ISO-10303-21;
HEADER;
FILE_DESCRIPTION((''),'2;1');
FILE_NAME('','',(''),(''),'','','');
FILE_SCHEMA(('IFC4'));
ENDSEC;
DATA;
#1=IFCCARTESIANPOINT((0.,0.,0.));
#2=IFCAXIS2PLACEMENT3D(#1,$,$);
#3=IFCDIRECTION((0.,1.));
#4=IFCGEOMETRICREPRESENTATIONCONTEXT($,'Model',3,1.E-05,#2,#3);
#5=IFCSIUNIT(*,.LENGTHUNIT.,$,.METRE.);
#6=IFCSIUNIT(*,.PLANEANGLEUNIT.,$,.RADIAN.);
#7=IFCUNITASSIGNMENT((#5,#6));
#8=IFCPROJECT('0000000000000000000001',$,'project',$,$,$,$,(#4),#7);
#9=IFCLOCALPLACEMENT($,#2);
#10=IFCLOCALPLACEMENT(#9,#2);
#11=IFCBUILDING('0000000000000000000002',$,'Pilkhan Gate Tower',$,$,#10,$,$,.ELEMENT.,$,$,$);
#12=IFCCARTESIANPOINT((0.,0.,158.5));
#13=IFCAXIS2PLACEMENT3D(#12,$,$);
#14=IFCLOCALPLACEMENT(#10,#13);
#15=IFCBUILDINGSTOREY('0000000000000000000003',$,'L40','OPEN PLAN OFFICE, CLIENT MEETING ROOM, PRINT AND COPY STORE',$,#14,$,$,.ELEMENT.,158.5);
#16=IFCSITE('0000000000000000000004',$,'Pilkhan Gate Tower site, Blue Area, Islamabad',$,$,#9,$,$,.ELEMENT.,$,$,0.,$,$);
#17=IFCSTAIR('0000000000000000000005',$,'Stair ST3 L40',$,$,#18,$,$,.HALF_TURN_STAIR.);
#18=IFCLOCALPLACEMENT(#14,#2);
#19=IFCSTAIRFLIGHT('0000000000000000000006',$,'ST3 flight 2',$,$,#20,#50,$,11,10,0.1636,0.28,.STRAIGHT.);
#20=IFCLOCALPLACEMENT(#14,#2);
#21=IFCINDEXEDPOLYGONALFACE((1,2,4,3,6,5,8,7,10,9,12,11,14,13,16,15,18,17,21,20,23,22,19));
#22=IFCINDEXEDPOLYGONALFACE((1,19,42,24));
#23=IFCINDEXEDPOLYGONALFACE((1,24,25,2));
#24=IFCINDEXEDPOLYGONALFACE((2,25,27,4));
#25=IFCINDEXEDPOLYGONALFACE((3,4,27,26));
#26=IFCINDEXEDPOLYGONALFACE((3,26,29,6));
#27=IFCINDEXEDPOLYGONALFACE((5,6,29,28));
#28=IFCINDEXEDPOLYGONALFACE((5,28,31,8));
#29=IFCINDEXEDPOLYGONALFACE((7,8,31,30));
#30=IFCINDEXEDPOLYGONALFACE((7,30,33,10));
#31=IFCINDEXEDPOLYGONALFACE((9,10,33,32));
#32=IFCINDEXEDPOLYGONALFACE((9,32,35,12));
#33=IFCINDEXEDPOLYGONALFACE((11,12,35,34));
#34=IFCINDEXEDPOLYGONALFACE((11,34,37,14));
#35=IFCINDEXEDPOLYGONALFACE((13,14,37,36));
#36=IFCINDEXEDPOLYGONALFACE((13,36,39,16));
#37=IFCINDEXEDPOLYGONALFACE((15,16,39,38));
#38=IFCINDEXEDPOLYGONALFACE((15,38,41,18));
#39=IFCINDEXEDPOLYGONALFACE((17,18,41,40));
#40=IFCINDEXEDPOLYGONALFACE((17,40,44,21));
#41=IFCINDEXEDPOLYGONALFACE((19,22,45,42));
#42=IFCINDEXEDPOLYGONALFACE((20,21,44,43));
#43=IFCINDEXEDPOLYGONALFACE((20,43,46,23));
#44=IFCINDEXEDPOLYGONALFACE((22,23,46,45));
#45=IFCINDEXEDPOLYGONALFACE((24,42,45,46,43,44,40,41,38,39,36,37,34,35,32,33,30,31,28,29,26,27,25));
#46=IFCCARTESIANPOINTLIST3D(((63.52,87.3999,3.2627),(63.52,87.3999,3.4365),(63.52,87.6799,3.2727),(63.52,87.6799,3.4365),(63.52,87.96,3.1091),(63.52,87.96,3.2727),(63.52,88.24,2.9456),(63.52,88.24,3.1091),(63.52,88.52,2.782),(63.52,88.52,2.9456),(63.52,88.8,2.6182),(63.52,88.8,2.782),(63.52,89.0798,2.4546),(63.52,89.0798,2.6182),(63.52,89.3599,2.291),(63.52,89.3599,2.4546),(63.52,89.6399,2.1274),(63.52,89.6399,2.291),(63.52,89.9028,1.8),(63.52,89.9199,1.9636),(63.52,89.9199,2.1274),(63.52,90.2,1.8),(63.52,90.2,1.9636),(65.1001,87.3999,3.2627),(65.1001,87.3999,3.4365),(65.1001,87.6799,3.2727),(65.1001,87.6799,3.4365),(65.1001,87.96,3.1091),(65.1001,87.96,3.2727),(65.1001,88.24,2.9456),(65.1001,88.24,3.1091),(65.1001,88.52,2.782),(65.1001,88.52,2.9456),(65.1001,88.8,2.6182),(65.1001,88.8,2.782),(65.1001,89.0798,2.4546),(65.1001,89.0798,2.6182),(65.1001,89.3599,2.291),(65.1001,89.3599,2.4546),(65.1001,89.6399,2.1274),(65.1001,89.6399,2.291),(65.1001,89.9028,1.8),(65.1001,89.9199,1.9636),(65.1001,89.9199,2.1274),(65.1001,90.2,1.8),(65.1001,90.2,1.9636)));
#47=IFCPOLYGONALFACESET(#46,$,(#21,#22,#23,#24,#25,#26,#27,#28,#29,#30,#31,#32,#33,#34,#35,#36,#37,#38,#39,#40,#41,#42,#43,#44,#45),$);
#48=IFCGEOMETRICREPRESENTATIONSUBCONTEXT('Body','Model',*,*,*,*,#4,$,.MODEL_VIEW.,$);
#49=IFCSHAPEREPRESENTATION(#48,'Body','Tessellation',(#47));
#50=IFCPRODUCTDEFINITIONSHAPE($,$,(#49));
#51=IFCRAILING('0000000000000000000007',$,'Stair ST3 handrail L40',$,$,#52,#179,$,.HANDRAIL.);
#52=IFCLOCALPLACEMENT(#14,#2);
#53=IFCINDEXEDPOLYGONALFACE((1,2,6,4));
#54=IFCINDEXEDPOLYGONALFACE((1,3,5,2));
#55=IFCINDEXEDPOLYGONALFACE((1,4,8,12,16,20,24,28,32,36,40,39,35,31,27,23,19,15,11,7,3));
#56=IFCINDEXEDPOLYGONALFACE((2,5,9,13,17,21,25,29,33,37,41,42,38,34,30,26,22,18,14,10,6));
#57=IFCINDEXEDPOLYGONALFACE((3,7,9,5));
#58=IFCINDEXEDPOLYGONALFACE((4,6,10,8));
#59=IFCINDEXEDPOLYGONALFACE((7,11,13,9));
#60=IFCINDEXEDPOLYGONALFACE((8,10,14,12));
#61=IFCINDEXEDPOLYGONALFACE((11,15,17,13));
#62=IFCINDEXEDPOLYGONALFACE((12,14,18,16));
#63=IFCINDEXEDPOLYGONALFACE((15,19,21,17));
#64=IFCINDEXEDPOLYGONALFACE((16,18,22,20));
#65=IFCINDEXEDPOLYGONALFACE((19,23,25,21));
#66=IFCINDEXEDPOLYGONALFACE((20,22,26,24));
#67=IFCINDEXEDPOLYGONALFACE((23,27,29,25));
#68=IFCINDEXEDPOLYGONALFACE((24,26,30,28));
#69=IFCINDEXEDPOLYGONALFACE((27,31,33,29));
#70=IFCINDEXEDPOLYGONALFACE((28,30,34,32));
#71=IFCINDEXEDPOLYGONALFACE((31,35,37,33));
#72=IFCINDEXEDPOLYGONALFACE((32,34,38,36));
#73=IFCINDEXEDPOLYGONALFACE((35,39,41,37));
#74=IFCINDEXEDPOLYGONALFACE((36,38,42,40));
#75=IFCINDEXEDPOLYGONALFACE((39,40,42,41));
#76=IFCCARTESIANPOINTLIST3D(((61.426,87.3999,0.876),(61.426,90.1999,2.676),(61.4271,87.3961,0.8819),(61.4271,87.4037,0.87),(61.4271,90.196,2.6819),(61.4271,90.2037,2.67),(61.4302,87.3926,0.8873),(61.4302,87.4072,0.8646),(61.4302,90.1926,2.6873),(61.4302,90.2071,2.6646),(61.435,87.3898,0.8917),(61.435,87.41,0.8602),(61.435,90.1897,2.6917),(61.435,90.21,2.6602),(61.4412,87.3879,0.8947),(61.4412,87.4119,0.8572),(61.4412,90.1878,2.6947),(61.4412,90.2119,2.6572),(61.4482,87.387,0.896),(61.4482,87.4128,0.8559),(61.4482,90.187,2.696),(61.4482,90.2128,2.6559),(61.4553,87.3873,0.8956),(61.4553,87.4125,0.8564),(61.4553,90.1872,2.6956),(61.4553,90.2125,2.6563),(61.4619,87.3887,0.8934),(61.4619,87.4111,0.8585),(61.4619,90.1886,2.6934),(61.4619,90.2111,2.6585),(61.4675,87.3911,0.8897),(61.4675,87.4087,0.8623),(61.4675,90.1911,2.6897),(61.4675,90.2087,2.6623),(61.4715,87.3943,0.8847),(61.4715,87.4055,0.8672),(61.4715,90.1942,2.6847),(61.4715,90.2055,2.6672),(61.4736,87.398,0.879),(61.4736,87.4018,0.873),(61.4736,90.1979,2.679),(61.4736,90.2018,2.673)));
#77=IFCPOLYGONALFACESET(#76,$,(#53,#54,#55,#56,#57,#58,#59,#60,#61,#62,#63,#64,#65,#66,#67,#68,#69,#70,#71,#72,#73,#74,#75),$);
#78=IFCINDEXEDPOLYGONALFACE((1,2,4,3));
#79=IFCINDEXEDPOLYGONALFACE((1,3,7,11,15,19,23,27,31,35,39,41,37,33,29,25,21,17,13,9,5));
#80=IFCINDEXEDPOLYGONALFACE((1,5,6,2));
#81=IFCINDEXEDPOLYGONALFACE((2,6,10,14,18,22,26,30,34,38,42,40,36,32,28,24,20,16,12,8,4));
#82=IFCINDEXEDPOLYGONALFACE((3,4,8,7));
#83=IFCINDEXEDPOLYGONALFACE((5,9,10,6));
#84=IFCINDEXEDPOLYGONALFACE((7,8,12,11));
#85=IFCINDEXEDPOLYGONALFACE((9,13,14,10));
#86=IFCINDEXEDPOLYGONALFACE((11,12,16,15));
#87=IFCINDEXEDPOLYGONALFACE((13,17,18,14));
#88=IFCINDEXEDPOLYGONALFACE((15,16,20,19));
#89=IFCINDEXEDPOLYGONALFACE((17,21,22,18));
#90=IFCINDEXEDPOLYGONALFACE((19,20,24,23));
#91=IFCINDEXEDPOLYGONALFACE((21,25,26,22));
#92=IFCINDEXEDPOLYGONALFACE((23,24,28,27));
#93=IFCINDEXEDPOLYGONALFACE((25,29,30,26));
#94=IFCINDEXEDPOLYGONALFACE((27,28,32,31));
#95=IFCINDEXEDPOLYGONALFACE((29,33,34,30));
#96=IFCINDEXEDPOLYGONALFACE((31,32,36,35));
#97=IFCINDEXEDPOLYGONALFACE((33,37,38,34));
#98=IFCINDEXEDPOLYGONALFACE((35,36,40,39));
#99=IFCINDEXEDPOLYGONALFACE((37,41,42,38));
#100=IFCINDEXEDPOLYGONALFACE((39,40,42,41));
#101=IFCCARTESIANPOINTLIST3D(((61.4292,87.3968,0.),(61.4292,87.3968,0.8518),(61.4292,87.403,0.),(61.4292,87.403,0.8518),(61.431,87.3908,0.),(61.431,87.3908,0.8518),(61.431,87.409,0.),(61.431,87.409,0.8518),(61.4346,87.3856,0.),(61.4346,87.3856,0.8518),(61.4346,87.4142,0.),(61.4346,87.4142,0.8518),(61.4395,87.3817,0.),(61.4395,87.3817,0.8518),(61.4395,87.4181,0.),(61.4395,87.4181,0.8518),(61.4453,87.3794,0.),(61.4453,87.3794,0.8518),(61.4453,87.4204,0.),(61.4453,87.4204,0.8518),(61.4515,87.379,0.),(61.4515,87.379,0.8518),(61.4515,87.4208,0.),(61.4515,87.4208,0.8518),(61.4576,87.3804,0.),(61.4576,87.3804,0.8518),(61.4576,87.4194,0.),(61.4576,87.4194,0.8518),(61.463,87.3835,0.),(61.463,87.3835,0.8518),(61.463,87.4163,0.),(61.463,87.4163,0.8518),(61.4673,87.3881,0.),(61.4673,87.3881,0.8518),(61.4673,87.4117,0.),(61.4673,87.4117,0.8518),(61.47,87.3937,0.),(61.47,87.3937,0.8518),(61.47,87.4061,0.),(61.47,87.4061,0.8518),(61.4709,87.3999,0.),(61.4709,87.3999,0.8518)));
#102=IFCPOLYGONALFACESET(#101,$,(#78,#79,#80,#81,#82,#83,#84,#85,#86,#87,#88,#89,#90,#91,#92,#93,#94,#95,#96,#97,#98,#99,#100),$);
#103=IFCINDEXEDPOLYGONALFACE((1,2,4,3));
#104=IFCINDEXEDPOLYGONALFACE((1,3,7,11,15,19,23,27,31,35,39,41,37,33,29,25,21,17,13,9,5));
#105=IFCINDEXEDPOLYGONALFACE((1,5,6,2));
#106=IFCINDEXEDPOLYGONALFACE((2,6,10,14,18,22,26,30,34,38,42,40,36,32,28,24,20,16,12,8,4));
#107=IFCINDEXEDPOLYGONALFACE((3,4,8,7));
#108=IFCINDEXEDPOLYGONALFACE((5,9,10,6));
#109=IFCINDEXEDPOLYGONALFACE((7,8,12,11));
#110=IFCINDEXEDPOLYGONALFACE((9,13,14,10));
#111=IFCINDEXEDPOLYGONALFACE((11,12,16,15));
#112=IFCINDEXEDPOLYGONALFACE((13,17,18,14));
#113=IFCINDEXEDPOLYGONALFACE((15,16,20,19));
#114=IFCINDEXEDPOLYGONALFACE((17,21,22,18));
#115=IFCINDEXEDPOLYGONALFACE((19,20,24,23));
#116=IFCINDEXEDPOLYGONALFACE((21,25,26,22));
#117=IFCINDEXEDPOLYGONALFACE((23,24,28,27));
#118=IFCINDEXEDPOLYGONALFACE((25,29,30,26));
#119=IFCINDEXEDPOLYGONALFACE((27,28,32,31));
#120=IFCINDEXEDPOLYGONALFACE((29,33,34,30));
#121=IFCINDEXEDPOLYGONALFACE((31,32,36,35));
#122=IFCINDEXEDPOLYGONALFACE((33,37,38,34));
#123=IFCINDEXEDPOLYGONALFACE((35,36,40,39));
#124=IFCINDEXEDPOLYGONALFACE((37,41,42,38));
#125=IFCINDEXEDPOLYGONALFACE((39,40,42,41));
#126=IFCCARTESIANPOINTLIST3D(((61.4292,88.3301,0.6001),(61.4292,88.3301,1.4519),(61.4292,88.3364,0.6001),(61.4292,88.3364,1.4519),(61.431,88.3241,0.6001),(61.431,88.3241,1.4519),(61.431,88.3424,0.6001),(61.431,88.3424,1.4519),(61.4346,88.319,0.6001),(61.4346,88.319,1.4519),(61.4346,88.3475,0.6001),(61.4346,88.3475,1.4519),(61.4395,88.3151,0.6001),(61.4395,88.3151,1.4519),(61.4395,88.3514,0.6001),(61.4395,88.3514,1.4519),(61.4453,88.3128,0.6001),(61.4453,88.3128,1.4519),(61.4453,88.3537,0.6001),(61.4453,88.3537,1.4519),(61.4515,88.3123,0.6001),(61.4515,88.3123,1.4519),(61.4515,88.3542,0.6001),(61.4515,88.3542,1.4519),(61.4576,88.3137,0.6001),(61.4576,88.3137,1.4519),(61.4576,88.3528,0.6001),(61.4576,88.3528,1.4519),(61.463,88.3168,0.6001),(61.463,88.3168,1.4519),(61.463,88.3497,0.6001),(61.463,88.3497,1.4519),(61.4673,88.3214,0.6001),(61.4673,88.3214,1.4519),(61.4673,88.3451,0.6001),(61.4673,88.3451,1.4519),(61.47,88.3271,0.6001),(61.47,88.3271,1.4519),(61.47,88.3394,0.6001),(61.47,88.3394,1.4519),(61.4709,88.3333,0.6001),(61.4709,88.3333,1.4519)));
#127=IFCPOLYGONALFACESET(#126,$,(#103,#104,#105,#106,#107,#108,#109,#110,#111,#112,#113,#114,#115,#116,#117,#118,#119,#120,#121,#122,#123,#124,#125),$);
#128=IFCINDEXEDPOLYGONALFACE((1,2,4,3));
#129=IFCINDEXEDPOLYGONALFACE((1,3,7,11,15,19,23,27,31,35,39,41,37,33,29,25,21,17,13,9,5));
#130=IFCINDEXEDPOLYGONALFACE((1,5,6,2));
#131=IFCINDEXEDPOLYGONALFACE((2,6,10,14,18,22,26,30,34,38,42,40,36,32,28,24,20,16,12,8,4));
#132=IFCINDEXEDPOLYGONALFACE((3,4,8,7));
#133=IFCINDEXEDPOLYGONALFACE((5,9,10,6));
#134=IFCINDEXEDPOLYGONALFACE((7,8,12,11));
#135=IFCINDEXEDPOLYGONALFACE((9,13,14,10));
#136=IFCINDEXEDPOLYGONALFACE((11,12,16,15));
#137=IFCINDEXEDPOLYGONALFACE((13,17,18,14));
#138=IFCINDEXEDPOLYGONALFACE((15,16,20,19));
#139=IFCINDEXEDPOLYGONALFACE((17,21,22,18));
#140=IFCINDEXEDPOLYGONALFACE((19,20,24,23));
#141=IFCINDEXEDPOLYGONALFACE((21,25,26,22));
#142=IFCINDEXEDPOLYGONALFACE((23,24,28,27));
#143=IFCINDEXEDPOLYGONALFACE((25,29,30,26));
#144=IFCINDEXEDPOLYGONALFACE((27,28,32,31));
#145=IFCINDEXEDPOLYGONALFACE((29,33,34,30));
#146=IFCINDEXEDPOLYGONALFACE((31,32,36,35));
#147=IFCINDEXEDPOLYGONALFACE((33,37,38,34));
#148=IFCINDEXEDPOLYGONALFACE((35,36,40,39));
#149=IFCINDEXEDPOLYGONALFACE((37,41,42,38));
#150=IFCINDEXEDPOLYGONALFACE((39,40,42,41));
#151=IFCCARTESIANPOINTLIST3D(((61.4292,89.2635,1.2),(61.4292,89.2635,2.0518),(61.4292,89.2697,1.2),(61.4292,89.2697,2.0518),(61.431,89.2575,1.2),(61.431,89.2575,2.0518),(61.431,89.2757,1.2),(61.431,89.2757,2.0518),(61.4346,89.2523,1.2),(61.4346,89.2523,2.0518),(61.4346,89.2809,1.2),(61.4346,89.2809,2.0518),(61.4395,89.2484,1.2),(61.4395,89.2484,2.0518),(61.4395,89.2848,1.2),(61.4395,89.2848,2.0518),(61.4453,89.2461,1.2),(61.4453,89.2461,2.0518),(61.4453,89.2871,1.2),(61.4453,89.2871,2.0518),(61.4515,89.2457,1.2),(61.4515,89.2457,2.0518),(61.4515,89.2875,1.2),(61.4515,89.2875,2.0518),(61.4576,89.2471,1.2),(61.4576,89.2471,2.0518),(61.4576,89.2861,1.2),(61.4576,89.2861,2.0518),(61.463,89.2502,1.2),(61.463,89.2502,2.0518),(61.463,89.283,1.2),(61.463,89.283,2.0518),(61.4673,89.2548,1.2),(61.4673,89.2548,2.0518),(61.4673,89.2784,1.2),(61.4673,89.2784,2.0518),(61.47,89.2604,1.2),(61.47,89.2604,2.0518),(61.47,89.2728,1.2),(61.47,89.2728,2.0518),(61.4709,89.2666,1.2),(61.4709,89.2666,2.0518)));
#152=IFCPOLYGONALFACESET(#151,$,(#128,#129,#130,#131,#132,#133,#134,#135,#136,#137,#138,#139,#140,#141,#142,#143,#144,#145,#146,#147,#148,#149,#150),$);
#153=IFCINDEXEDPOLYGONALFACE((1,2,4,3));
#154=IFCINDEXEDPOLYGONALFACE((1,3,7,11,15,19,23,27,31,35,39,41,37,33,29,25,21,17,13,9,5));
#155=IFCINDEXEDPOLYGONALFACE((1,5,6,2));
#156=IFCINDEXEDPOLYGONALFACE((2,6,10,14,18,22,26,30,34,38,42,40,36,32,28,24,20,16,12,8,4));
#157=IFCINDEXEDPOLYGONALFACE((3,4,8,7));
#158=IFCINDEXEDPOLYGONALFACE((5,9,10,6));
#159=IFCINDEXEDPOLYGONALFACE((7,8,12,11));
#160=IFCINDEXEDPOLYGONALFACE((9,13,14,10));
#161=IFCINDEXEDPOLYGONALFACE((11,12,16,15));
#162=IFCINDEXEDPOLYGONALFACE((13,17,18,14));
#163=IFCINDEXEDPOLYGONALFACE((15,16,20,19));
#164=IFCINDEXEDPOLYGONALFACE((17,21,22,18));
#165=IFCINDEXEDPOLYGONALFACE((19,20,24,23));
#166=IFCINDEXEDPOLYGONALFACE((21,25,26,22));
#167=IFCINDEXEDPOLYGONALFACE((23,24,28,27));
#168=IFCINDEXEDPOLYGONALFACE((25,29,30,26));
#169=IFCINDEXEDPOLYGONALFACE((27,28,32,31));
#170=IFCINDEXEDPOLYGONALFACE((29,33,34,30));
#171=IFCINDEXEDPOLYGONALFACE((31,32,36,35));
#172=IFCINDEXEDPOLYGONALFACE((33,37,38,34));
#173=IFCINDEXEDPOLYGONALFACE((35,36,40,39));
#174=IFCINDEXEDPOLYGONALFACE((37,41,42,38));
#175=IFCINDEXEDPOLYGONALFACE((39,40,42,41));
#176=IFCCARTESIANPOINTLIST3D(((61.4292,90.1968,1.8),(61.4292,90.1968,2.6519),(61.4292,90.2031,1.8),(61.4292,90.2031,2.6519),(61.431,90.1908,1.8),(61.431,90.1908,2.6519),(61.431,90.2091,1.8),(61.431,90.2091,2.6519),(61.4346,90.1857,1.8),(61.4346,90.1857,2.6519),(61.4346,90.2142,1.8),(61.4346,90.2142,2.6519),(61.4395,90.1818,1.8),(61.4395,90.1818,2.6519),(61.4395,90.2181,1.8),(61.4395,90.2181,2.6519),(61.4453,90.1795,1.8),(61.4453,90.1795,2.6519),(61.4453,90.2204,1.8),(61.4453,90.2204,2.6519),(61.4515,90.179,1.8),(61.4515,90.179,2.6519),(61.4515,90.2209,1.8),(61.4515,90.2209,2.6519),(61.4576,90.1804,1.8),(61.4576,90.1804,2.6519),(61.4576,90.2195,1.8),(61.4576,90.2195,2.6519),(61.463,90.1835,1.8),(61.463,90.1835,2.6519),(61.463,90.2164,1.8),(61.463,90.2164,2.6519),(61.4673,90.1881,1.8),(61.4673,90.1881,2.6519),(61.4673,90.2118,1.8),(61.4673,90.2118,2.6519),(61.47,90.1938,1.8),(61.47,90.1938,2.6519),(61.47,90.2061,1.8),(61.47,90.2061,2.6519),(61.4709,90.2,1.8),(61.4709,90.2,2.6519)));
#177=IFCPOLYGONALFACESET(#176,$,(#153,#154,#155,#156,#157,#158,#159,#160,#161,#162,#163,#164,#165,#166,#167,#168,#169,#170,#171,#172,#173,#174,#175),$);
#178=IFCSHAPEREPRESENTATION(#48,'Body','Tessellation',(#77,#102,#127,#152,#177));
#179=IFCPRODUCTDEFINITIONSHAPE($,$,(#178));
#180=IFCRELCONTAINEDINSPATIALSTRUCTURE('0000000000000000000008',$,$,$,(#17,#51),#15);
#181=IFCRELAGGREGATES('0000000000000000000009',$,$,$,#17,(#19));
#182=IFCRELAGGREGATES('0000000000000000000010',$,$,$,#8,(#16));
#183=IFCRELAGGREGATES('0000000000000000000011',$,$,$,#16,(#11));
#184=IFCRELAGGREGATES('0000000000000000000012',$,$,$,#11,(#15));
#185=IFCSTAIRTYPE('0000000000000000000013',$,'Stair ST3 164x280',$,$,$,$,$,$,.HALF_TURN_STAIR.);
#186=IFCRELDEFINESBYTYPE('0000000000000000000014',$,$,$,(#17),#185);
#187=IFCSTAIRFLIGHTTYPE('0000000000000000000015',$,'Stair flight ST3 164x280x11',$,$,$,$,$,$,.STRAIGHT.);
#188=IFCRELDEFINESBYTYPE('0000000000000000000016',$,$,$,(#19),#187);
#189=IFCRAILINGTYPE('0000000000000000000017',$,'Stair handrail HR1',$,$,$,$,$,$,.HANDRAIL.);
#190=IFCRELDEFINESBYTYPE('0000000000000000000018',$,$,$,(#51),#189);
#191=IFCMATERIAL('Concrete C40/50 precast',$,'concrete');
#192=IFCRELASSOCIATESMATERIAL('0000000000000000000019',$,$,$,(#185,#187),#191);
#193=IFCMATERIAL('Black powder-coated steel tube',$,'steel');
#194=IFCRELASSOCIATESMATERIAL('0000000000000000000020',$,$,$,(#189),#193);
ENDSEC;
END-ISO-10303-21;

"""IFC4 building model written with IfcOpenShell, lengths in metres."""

from ifc_helpers import new_model, si_unit, direction, frame, origin, origin_2d, place, context, subcontext, project, spatial, polyline, circle, outline, extrude, material, type_object, element, aggregate, save


model = new_model("IFC4")

# Units and contexts
model_context = context("Model", 3, precision=1e-05, world=origin(), true_north=direction((0.0, 1.0)))
body_context = subcontext(model_context, "Body", "Model", "MODEL_VIEW")
ifc_project = project(units=[si_unit("LENGTHUNIT", "METRE"), si_unit("PLANEANGLEUNIT", "RADIAN")], contexts=[model_context])

# Site, building, storey
site_placement = place(None, origin())
site = spatial("IfcSite", under=ifc_project, at=site_placement, Name="Pilkhan Gate Tower site, Blue Area, Islamabad", CompositionType="ELEMENT", RefElevation=0.0)
building_placement = place(site_placement, origin())
building = spatial("IfcBuilding", under=site, at=building_placement, Name="Pilkhan Gate Tower", CompositionType="ELEMENT")
storey_placement = place(building_placement, frame((0.0, 0.0, 158.5)))
storey = spatial("IfcBuildingStorey", under=building, at=storey_placement, Name="L40", Description="OPEN PLAN OFFICE, CLIENT MEETING ROOM, PRINT AND COPY STORE", CompositionType="ELEMENT", Elevation=158.5)

# Stair, stair flight
ifc_material_1 = material(Name="Concrete C40/50 precast", Category="concrete")
stair_type = type_object("IfcStairType", Name="Stair ST3 164x280", PredefinedType="HALF_TURN_STAIR", material=ifc_material_1)
stair_placement = place(storey_placement, origin())
stair = element("IfcStair", 1, at=stair_placement, inside=storey, type_object=stair_type, Name="Stair ST3 L40", PredefinedType="HALF_TURN_STAIR")
stair_flight_type = type_object("IfcStairFlightType", Name="Stair flight ST3 164x280x11", PredefinedType="STRAIGHT", material=ifc_material_1)
stair_flight_1_placement = place(storey_placement, frame((64.3101, 90.2, 1.8), z_axis=(0.0, 0.0, 1.0), x_axis=(0.0, -1.0, 0.0)))
stair_flight_1 = element("IfcStairFlight", 2, at=stair_flight_1_placement, type_object=stair_flight_type, Name="ST3 flight 2", NumberOfRisers=11, NumberOfTreads=10, PredefinedType="STRAIGHT", RiserHeight=0.1636, TreadLength=0.28, context=body_context, shape_type="SweptSolid", body=[
    extrude(outline(polyline([(0.0, 0.0), (0.0, 0.1636), (0.28, 0.1636), (0.28, 0.3274), (0.5601, 0.3274), (0.5601, 0.491), (0.8401, 0.491), (0.8401, 0.6545), (1.1201, 0.6545), (1.1201, 0.8181), (1.3999, 0.8181), (1.3999, 0.9819), (1.6799, 0.9819), (1.6799, 1.1455), (1.96, 1.1455), (1.96, 1.3091), (2.24, 1.3091), (2.24, 1.4727), (2.52, 1.4727), (2.52, 1.6365), (2.8, 1.6365), (2.8, 1.8), (2.8, 1.4626), (0.2971, 0.0), (0.0, 0.0)])), frame((0.0, 0.79, 0.0), z_axis=(0.0, -1.0, 0.0), x_axis=(1.0, 0.0, 0.0)), (0.0, 0.0, 1.0), 1.5801),
])
aggregate(stair, [stair_flight_1])

# Railing
ifc_material_2 = material(Name="Black powder-coated steel tube", Category="steel")
railing_type_1 = type_object("IfcRailingType", Name="Stair handrail HR1", PredefinedType="HANDRAIL", material=ifc_material_2)
railing_1_placement = place(storey_placement, frame((61.45, 87.3999, 0.0)))
element("IfcRailing", 3, at=railing_1_placement, inside=storey, type_object=railing_type_1, Name="Stair ST3 handrail L40", PredefinedType="HANDRAIL", context=body_context, shape_type="SweptSolid", body=[
    extrude(circle(Radius=0.0239, at=origin_2d()), frame((0.0, 0.0, 0.876), z_axis=(0.0, 0.841176, 0.540761), x_axis=(-1.0, 0.0, 0.0)), (0.0, 0.0, 1.0), 3.3286),
    extrude(circle(Radius=0.021, at=origin_2d()), origin(), (0.0, 0.0, 1.0), 0.8518),
    extrude(circle(Radius=0.021, at=origin_2d()), frame((0.0, 0.9333, 0.6001)), (0.0, 0.0, 1.0), 0.8518),
    extrude(circle(Radius=0.021, at=origin_2d()), frame((0.0, 1.8667, 1.2)), (0.0, 0.0, 1.0), 0.8518),
    extrude(circle(Radius=0.021, at=origin_2d()), frame((0.0, 2.8, 1.8)), (0.0, 0.0, 1.0), 0.8518),
])

save(model, "model.ifc")
